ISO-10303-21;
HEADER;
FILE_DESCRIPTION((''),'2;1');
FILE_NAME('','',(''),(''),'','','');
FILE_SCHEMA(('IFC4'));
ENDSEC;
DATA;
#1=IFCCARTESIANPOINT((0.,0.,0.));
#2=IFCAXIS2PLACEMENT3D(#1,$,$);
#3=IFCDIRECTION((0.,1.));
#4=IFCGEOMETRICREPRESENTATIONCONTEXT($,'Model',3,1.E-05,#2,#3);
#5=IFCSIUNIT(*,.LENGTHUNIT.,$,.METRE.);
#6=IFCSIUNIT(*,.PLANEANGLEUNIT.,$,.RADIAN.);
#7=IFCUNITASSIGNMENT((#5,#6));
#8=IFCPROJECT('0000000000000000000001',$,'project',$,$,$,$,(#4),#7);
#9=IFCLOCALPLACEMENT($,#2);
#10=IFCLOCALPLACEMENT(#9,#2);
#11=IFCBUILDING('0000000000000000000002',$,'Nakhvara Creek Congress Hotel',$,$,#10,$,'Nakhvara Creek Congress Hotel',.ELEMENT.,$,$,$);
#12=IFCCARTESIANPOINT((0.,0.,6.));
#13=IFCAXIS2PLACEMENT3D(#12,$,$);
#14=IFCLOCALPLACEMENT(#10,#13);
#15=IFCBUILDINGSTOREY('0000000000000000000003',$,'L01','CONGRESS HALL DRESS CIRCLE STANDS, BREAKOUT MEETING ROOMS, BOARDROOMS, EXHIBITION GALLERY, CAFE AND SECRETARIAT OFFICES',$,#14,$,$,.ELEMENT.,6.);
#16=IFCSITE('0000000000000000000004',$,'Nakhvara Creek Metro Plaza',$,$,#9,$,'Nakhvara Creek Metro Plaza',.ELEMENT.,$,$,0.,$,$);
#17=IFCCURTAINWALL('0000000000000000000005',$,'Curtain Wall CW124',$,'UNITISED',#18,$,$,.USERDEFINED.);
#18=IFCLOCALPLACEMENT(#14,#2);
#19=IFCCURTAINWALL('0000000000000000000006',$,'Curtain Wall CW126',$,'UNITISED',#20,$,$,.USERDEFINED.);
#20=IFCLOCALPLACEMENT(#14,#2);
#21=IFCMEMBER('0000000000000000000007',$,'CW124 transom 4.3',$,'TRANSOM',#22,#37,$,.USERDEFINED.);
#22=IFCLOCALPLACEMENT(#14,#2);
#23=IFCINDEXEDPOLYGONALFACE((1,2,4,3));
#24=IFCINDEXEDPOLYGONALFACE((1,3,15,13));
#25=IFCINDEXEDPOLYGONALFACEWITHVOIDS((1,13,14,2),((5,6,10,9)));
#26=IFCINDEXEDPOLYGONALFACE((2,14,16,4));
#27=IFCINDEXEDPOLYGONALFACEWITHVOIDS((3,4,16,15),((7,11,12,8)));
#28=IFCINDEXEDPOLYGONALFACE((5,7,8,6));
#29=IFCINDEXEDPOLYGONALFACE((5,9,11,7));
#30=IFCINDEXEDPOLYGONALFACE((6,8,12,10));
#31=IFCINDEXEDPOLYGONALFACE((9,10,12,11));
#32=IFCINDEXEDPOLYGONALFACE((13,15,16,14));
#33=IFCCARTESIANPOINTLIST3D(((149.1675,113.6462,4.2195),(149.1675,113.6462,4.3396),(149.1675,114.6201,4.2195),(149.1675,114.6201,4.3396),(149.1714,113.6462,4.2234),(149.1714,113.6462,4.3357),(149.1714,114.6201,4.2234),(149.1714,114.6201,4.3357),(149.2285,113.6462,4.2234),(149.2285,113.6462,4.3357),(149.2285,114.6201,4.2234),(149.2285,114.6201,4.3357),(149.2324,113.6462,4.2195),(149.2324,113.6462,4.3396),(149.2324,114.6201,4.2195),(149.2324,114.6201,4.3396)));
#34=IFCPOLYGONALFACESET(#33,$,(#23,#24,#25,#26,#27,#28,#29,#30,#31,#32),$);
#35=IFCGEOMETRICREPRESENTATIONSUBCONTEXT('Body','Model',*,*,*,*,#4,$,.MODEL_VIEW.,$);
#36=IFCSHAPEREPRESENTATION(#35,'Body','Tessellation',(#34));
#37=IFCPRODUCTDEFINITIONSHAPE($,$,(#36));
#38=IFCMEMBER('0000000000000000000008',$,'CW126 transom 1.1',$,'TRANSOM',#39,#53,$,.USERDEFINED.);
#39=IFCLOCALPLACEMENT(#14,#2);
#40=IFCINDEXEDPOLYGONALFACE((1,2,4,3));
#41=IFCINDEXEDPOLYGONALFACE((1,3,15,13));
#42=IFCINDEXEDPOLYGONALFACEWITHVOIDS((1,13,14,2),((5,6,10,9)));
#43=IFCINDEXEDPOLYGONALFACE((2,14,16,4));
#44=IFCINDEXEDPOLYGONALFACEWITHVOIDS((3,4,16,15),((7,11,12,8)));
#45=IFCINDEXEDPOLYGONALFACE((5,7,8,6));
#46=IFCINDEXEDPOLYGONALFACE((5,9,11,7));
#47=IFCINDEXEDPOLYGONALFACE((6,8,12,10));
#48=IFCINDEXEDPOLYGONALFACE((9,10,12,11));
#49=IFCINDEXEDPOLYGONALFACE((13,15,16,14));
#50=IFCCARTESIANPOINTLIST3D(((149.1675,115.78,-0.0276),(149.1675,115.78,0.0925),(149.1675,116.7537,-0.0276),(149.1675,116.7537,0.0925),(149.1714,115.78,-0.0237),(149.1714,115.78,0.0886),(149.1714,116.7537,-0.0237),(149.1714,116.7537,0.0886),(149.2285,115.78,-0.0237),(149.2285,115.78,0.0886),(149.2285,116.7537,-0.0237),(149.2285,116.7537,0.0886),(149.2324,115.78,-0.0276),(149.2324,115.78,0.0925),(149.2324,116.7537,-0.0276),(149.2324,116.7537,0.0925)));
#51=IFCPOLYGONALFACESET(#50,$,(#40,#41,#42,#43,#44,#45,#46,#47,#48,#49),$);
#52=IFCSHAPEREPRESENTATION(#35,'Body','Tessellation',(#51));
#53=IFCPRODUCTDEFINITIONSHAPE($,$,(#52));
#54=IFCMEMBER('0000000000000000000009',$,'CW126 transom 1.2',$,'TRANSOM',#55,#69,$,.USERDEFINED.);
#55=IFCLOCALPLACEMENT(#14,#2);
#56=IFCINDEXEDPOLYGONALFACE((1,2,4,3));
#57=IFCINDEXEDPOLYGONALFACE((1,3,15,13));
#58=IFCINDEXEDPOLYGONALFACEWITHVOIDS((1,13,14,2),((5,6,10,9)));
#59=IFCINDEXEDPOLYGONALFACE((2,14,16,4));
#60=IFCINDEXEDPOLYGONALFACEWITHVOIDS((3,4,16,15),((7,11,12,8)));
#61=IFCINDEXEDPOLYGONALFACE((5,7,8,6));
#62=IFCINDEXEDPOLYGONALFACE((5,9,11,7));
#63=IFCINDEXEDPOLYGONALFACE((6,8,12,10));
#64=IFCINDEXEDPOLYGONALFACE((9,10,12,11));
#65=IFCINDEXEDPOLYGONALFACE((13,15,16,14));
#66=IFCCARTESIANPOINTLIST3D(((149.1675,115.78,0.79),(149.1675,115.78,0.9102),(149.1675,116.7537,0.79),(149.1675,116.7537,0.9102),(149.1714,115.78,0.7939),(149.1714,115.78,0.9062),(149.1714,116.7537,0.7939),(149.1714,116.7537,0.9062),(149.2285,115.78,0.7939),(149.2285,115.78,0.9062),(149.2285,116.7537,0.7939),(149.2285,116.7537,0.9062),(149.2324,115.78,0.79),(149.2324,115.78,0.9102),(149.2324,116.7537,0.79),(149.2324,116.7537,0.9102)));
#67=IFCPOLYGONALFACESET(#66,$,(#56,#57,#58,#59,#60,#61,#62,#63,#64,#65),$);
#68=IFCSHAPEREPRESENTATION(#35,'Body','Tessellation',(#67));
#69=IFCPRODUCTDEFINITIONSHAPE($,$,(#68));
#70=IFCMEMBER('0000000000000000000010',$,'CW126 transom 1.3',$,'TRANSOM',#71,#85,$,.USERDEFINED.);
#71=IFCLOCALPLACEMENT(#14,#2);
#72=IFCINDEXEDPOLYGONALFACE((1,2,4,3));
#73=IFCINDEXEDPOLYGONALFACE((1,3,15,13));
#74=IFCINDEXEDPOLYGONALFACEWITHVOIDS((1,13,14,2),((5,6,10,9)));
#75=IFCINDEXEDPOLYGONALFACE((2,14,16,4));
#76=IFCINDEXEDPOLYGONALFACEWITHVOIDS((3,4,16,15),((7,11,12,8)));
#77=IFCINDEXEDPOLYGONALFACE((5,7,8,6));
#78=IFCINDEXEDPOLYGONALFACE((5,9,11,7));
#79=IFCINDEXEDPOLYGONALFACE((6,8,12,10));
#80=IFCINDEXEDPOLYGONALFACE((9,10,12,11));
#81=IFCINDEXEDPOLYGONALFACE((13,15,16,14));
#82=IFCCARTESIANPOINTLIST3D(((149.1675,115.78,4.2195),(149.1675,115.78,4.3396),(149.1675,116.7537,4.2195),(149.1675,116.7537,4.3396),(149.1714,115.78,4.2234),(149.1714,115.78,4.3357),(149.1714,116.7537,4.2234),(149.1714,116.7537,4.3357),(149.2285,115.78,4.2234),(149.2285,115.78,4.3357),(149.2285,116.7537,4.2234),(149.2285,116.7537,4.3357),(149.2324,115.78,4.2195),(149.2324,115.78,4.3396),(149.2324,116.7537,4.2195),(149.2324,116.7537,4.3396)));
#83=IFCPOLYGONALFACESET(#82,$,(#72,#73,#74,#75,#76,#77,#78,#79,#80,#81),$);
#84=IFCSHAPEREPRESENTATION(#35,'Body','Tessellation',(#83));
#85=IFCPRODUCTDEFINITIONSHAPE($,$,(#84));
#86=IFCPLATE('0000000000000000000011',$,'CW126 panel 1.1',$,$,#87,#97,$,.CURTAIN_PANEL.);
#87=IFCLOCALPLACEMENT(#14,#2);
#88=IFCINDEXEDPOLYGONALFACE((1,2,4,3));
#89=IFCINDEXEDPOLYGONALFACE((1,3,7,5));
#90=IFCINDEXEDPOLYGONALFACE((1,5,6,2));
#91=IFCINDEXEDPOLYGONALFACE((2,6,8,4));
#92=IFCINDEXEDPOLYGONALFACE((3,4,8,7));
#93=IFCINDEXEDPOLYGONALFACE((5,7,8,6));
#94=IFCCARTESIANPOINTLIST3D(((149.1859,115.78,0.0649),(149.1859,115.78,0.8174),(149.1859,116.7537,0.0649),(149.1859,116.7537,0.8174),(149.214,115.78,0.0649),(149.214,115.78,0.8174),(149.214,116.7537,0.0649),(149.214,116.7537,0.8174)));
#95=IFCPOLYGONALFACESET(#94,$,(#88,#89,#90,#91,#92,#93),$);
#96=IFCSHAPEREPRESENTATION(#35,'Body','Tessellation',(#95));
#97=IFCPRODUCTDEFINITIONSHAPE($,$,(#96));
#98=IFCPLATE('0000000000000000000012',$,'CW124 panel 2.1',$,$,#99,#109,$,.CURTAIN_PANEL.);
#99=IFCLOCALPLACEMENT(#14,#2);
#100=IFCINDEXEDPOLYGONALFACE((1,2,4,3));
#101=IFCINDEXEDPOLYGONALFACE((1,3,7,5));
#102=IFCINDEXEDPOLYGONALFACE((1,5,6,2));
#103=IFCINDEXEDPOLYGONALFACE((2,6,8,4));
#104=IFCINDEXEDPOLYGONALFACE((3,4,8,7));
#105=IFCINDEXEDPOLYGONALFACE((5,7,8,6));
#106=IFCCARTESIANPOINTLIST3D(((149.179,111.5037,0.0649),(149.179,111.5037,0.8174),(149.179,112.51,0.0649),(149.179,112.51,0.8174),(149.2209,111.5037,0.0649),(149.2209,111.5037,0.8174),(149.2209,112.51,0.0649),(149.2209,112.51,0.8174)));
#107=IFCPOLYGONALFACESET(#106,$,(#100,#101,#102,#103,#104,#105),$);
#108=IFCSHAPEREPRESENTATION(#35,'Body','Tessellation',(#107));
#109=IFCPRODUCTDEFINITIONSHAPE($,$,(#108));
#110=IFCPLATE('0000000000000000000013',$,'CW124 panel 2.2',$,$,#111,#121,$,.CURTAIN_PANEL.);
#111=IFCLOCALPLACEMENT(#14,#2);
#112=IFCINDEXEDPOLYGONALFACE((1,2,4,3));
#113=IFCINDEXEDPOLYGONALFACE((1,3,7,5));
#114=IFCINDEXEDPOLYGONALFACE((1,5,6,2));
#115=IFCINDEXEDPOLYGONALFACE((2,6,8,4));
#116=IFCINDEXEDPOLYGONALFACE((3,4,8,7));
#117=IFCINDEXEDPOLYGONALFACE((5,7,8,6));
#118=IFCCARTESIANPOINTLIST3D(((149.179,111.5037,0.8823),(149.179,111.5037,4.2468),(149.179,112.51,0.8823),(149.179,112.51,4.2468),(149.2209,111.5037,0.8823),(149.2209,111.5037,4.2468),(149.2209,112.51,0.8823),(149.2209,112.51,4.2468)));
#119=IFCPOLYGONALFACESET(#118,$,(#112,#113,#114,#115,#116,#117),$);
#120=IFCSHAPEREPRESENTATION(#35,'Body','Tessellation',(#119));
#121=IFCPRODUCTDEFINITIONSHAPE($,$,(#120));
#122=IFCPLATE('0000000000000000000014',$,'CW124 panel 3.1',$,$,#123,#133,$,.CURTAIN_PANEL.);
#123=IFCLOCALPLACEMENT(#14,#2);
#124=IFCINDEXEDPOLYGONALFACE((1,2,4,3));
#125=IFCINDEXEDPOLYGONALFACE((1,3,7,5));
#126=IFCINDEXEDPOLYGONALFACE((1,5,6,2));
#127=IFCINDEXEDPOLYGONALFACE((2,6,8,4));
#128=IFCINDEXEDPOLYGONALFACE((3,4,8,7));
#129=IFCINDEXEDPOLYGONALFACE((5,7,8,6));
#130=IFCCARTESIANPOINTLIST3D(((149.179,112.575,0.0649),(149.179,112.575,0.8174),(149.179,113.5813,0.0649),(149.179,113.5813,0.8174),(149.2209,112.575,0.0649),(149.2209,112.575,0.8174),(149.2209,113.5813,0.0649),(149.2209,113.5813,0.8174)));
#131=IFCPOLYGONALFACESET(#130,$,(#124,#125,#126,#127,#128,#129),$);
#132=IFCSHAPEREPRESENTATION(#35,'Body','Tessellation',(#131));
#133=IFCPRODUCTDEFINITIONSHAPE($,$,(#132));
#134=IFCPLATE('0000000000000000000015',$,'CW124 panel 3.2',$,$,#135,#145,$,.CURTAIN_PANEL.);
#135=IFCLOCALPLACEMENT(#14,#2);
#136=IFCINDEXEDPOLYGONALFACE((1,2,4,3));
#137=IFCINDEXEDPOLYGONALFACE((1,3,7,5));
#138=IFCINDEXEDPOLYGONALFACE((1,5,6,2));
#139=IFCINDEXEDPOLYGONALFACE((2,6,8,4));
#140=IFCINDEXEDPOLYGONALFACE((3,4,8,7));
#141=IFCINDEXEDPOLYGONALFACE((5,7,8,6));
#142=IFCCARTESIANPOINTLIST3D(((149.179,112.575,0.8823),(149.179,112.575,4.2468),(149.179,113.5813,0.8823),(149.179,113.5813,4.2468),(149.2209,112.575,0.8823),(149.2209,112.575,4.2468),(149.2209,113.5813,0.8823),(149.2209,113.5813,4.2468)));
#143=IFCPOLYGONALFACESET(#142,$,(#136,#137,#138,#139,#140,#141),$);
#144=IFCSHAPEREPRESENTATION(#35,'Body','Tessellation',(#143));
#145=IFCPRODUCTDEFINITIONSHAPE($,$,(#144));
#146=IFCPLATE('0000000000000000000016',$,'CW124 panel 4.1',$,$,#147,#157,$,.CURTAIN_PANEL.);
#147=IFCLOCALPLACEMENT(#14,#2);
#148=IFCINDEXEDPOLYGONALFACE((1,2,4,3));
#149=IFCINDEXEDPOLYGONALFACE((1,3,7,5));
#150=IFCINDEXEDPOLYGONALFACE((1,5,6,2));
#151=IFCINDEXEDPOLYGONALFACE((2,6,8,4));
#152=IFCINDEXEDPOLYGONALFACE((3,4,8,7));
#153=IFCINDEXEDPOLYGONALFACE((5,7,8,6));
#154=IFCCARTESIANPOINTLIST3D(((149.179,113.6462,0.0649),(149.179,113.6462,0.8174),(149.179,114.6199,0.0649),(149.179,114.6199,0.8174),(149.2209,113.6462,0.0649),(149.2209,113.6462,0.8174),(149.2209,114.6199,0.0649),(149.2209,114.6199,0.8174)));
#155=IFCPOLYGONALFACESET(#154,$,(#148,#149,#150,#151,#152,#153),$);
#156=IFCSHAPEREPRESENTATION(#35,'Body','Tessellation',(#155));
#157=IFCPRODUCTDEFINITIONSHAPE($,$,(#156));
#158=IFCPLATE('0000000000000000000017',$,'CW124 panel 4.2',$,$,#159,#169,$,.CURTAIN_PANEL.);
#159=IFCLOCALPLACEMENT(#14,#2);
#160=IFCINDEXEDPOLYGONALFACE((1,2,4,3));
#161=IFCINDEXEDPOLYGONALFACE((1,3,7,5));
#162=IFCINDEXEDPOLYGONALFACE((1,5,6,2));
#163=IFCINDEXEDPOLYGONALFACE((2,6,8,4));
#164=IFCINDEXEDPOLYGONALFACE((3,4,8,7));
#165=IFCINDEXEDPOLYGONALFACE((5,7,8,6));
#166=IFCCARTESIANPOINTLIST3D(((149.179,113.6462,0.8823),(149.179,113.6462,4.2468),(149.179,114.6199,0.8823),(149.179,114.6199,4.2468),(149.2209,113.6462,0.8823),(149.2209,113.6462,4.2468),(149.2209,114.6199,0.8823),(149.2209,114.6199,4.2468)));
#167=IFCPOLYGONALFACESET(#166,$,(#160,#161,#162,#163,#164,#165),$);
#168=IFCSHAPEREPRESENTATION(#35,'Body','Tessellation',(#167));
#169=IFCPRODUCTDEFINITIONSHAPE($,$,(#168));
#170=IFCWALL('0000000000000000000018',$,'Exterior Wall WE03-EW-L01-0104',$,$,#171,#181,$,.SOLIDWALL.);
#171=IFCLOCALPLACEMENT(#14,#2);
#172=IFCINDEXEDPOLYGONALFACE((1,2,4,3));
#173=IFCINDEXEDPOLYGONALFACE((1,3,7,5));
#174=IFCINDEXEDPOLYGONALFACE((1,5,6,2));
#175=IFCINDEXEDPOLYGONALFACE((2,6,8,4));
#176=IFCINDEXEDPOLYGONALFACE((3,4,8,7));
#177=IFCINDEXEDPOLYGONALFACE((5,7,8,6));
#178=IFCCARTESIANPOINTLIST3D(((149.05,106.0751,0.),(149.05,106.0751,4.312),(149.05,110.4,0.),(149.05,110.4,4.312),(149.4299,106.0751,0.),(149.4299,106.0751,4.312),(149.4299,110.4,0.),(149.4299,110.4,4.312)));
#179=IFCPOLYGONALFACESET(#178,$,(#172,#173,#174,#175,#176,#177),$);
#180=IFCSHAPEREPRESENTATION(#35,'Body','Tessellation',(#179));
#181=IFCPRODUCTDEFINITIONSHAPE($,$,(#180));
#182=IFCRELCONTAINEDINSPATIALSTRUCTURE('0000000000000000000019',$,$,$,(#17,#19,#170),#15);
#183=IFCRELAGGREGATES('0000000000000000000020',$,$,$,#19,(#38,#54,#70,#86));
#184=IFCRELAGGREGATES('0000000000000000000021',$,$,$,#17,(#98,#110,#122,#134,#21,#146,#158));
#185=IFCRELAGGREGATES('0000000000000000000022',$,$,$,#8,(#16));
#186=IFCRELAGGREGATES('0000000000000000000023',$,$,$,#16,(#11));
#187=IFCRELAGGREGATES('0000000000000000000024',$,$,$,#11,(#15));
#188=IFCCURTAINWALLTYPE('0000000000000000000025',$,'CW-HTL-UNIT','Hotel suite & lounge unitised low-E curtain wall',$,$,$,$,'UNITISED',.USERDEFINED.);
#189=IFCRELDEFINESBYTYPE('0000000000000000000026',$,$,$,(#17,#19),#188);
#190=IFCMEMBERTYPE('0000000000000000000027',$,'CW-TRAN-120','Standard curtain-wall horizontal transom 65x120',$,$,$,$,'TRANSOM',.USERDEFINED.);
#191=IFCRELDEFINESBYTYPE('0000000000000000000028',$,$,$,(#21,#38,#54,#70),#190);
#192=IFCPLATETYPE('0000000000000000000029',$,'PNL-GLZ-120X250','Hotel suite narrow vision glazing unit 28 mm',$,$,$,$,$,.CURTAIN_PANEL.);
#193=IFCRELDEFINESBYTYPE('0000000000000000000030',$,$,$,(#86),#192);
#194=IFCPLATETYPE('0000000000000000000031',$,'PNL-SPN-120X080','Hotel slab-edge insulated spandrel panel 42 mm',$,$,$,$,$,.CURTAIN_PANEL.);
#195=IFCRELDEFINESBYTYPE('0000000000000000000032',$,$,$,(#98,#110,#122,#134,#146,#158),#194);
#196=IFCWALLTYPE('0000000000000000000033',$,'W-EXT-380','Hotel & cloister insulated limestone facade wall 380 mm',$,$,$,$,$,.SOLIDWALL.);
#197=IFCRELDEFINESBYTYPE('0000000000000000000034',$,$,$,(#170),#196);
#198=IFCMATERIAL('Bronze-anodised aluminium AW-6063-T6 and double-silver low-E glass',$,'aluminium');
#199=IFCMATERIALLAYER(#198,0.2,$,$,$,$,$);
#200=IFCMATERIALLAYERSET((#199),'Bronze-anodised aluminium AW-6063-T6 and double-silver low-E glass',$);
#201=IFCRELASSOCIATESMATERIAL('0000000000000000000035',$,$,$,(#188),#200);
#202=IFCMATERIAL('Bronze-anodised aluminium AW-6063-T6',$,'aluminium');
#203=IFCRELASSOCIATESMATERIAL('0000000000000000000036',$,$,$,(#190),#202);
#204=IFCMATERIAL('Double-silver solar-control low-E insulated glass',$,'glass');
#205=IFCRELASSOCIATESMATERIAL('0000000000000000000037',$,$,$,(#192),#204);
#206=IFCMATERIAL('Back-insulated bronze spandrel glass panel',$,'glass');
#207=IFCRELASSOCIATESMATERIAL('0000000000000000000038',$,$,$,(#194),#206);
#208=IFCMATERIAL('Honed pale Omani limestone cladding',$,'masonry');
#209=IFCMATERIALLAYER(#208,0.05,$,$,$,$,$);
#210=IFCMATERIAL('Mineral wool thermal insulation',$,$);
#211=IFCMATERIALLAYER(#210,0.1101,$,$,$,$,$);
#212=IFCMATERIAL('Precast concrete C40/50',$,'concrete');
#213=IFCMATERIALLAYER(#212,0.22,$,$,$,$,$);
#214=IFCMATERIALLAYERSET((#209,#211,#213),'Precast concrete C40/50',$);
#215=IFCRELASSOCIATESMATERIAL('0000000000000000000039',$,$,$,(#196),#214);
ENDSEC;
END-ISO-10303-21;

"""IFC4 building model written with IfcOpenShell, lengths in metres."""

from ifc_helpers import new_model, si_unit, direction, frame, frame_2d, origin, origin_2d, place, context, subcontext, project, spatial, rectangle, hollow_rectangle, extrude, material, layer, layer_set, material_profile, profile_set, type_object, element, aggregate, save


model = new_model("IFC4")

# Units and contexts
model_context = context("Model", 3, precision=1e-05, world=origin(), true_north=direction((0.0, 1.0)))
body_context = subcontext(model_context, "Body", "Model", "MODEL_VIEW")
ifc_project = project(units=[si_unit("LENGTHUNIT", "METRE"), si_unit("PLANEANGLEUNIT", "RADIAN")], contexts=[model_context])

# Site, building, storey
site_placement = place(None, origin())
site = spatial("IfcSite", under=ifc_project, at=site_placement, Name="Nakhvara Creek Metro Plaza", LongName="Nakhvara Creek Metro Plaza", CompositionType="ELEMENT", RefElevation=0.0)
building_placement = place(site_placement, origin())
building = spatial("IfcBuilding", under=site, at=building_placement, Name="Nakhvara Creek Congress Hotel", LongName="Nakhvara Creek Congress Hotel", CompositionType="ELEMENT")
storey_placement = place(building_placement, frame((0.0, 0.0, 6.0)))
storey = spatial("IfcBuildingStorey", under=building, at=storey_placement, Name="L01", Description="CONGRESS HALL DRESS CIRCLE STANDS, BREAKOUT MEETING ROOMS, BOARDROOMS, EXHIBITION GALLERY, CAFE AND SECRETARIAT OFFICES", CompositionType="ELEMENT", Elevation=6.0)

# Curtain wall
ifc_material_1 = material(Name="Bronze-anodised aluminium AW-6063-T6 and double-silver low-E glass", Category="aluminium")
ifc_layer_1 = layer(ifc_material_1, 0.2)
ifc_layer_set_1 = layer_set([ifc_layer_1], Name="Bronze-anodised aluminium AW-6063-T6 and double-silver low-E glass")
curtain_wall_type = type_object("IfcCurtainWallType", Name="CW-HTL-UNIT", Description="Hotel suite & lounge unitised low-E curtain wall", ElementType="UNITISED", PredefinedType="USERDEFINED", material=ifc_layer_set_1)
curtain_wall_1_placement = place(storey_placement, origin())
curtain_wall_1 = element("IfcCurtainWall", 1, at=curtain_wall_1_placement, inside=storey, type_object=curtain_wall_type, Name="Curtain Wall CW124", ObjectType="UNITISED", PredefinedType="USERDEFINED")
ifc_material_2 = material(Name="Bronze-anodised aluminium AW-6063-T6", Category="aluminium")

# Curtain wall
curtain_wall_2_placement = place(storey_placement, origin())
curtain_wall_2 = element("IfcCurtainWall", 2, at=curtain_wall_2_placement, inside=storey, type_object=curtain_wall_type, Name="Curtain Wall CW126", ObjectType="UNITISED", PredefinedType="USERDEFINED")

# Members
ifc_material_profile_1 = material_profile(ifc_material_2, hollow_rectangle(XDim=0.0649, YDim=0.1201, WallThickness=0.0039, at=origin_2d()), Name="ALU-TRAN 65x120x4", Category="LoadBearing")
ifc_profile_set_1 = profile_set([ifc_material_profile_1], Name="Bronze-anodised aluminium AW-6063-T6")
member_type_1 = type_object("IfcMemberType", Name="CW-TRAN-120", Description="Standard curtain-wall horizontal transom 65x120", ElementType="TRANSOM", PredefinedType="USERDEFINED", material=ifc_profile_set_1)
member_1_placement = place(storey_placement, frame((149.2, 113.6462, 4.2795), z_axis=(0.0, 1.0, 0.0), x_axis=(-1.0, 0.0, 0.0)))
member_1 = element("IfcMember", 3, at=member_1_placement, type_object=member_type_1, Name="CW124 transom 4.3", ObjectType="TRANSOM", PredefinedType="USERDEFINED", context=body_context, shape_type="SweptSolid", body=[
    extrude(hollow_rectangle(XDim=0.0649, YDim=0.1201, WallThickness=0.0039, at=origin_2d()), origin(), (0.0, 0.0, 1.0), 0.9739),
])
member_2_placement = place(storey_placement, frame((149.2, 115.78, 0.0325), z_axis=(0.0, 1.0, 0.0), x_axis=(-1.0, 0.0, 0.0)))
member_2 = element("IfcMember", 4, at=member_2_placement, type_object=member_type_1, Name="CW126 transom 1.1", ObjectType="TRANSOM", PredefinedType="USERDEFINED", context=body_context, shape_type="SweptSolid", body=[
    extrude(hollow_rectangle(XDim=0.0649, YDim=0.1201, WallThickness=0.0039, at=origin_2d()), origin(), (0.0, 0.0, 1.0), 0.9736),
])
member_3_placement = place(storey_placement, frame((149.2, 115.78, 0.8501), z_axis=(0.0, 1.0, 0.0), x_axis=(-1.0, 0.0, 0.0)))
member_3 = element("IfcMember", 5, at=member_3_placement, type_object=member_type_1, Name="CW126 transom 1.2", ObjectType="TRANSOM", PredefinedType="USERDEFINED", context=body_context, shape_type="SweptSolid", body=[
    extrude(hollow_rectangle(XDim=0.0649, YDim=0.1201, WallThickness=0.0039, at=origin_2d()), origin(), (0.0, 0.0, 1.0), 0.9736),
])
member_4_placement = place(storey_placement, frame((149.2, 115.78, 4.2795), z_axis=(0.0, 1.0, 0.0), x_axis=(-1.0, 0.0, 0.0)))
member_4 = element("IfcMember", 6, at=member_4_placement, type_object=member_type_1, Name="CW126 transom 1.3", ObjectType="TRANSOM", PredefinedType="USERDEFINED", context=body_context, shape_type="SweptSolid", body=[
    extrude(hollow_rectangle(XDim=0.0649, YDim=0.1201, WallThickness=0.0039, at=origin_2d()), origin(), (0.0, 0.0, 1.0), 0.9736),
])

# Plates
ifc_material_3 = material(Name="Double-silver solar-control low-E insulated glass", Category="glass")
plate_type_1 = type_object("IfcPlateType", Name="PNL-GLZ-120X250", Description="Hotel suite narrow vision glazing unit 28 mm", PredefinedType="CURTAIN_PANEL", material=ifc_material_3)
plate_1_placement = place(storey_placement, frame((149.2, 116.2668, 0.0649), z_axis=(0.0, 0.0, 1.0), x_axis=(0.0, 1.0, 0.0)))
plate_1 = element("IfcPlate", 7, at=plate_1_placement, type_object=plate_type_1, Name="CW126 panel 1.1", PredefinedType="CURTAIN_PANEL", context=body_context, shape_type="SweptSolid", body=[
    extrude(rectangle(XDim=0.9736, YDim=0.0281, at=origin_2d()), origin(), (0.0, 0.0, 1.0), 0.7524),
])
aggregate(curtain_wall_2, [member_2, member_3, member_4, plate_1])
ifc_material_4 = material(Name="Back-insulated bronze spandrel glass panel", Category="glass")
plate_type_2 = type_object("IfcPlateType", Name="PNL-SPN-120X080", Description="Hotel slab-edge insulated spandrel panel 42 mm", PredefinedType="CURTAIN_PANEL", material=ifc_material_4)
plate_2_placement = place(storey_placement, frame((149.2, 112.0068, 0.0649), z_axis=(0.0, 0.0, 1.0), x_axis=(0.0, 1.0, 0.0)))
plate_2 = element("IfcPlate", 8, at=plate_2_placement, type_object=plate_type_2, Name="CW124 panel 2.1", PredefinedType="CURTAIN_PANEL", context=body_context, shape_type="SweptSolid", body=[
    extrude(rectangle(XDim=1.0063, YDim=0.042, at=origin_2d()), origin(), (0.0, 0.0, 1.0), 0.7524),
])
plate_3_placement = place(storey_placement, frame((149.2, 112.0068, 0.8823), z_axis=(0.0, 0.0, 1.0), x_axis=(0.0, 1.0, 0.0)))
plate_3 = element("IfcPlate", 9, at=plate_3_placement, type_object=plate_type_2, Name="CW124 panel 2.2", PredefinedType="CURTAIN_PANEL", context=body_context, shape_type="SweptSolid", body=[
    extrude(rectangle(XDim=1.0063, YDim=0.042, at=origin_2d()), origin(), (0.0, 0.0, 1.0), 3.3645),
])
plate_4_placement = place(storey_placement, frame((149.2, 113.0781, 0.0649), z_axis=(0.0, 0.0, 1.0), x_axis=(0.0, 1.0, 0.0)))
plate_4 = element("IfcPlate", 10, at=plate_4_placement, type_object=plate_type_2, Name="CW124 panel 3.1", PredefinedType="CURTAIN_PANEL", context=body_context, shape_type="SweptSolid", body=[
    extrude(rectangle(XDim=1.0063, YDim=0.042, at=origin_2d()), origin(), (0.0, 0.0, 1.0), 0.7524),
])
plate_5_placement = place(storey_placement, frame((149.2, 113.0781, 0.8823), z_axis=(0.0, 0.0, 1.0), x_axis=(0.0, 1.0, 0.0)))
plate_5 = element("IfcPlate", 11, at=plate_5_placement, type_object=plate_type_2, Name="CW124 panel 3.2", PredefinedType="CURTAIN_PANEL", context=body_context, shape_type="SweptSolid", body=[
    extrude(rectangle(XDim=1.0063, YDim=0.042, at=origin_2d()), origin(), (0.0, 0.0, 1.0), 3.3645),
])
plate_6_placement = place(storey_placement, frame((149.2, 114.1331, 0.0649), z_axis=(0.0, 0.0, 1.0), x_axis=(0.0, 1.0, 0.0)))
plate_6 = element("IfcPlate", 12, at=plate_6_placement, type_object=plate_type_2, Name="CW124 panel 4.1", PredefinedType="CURTAIN_PANEL", context=body_context, shape_type="SweptSolid", body=[
    extrude(rectangle(XDim=0.9736, YDim=0.042, at=origin_2d()), origin(), (0.0, 0.0, 1.0), 0.7524),
])
plate_7_placement = place(storey_placement, frame((149.2, 114.1331, 0.8823), z_axis=(0.0, 0.0, 1.0), x_axis=(0.0, 1.0, 0.0)))
plate_7 = element("IfcPlate", 13, at=plate_7_placement, type_object=plate_type_2, Name="CW124 panel 4.2", PredefinedType="CURTAIN_PANEL", context=body_context, shape_type="SweptSolid", body=[
    extrude(rectangle(XDim=0.9736, YDim=0.042, at=origin_2d()), origin(), (0.0, 0.0, 1.0), 3.3645),
])
aggregate(curtain_wall_1, [plate_2, plate_3, plate_4, plate_5, member_1, plate_6, plate_7])

# Wall
ifc_material_5 = material(Name="Honed pale Omani limestone cladding", Category="masonry")
ifc_layer_2 = layer(ifc_material_5, 0.05)
ifc_material_6 = material(Name="Mineral wool thermal insulation")
ifc_layer_3 = layer(ifc_material_6, 0.1101)
ifc_material_7 = material(Name="Precast concrete C40/50", Category="concrete")
ifc_layer_4 = layer(ifc_material_7, 0.22)
ifc_layer_set_2 = layer_set([ifc_layer_2, ifc_layer_3, ifc_layer_4], Name="Precast concrete C40/50")
wall_type = type_object("IfcWallType", Name="W-EXT-380", Description="Hotel & cloister insulated limestone facade wall 380 mm", PredefinedType="SOLIDWALL", material=ifc_layer_set_2)
wall_placement = place(storey_placement, frame((149.24, 106.075, 0.0), z_axis=(0.0, 0.0, 1.0), x_axis=(0.0, 1.0, 0.0)))
element("IfcWall", 14, at=wall_placement, inside=storey, type_object=wall_type, Name="Exterior Wall WE03-EW-L01-0104", PredefinedType="SOLIDWALL", context=body_context, shape_type="SweptSolid", body=[
    extrude(rectangle(XDim=4.325, YDim=0.3799, at=frame_2d((2.1626, 0.0))), origin(), (0.0, 0.0, 1.0), 4.312),
])

save(model, "model.ifc")
